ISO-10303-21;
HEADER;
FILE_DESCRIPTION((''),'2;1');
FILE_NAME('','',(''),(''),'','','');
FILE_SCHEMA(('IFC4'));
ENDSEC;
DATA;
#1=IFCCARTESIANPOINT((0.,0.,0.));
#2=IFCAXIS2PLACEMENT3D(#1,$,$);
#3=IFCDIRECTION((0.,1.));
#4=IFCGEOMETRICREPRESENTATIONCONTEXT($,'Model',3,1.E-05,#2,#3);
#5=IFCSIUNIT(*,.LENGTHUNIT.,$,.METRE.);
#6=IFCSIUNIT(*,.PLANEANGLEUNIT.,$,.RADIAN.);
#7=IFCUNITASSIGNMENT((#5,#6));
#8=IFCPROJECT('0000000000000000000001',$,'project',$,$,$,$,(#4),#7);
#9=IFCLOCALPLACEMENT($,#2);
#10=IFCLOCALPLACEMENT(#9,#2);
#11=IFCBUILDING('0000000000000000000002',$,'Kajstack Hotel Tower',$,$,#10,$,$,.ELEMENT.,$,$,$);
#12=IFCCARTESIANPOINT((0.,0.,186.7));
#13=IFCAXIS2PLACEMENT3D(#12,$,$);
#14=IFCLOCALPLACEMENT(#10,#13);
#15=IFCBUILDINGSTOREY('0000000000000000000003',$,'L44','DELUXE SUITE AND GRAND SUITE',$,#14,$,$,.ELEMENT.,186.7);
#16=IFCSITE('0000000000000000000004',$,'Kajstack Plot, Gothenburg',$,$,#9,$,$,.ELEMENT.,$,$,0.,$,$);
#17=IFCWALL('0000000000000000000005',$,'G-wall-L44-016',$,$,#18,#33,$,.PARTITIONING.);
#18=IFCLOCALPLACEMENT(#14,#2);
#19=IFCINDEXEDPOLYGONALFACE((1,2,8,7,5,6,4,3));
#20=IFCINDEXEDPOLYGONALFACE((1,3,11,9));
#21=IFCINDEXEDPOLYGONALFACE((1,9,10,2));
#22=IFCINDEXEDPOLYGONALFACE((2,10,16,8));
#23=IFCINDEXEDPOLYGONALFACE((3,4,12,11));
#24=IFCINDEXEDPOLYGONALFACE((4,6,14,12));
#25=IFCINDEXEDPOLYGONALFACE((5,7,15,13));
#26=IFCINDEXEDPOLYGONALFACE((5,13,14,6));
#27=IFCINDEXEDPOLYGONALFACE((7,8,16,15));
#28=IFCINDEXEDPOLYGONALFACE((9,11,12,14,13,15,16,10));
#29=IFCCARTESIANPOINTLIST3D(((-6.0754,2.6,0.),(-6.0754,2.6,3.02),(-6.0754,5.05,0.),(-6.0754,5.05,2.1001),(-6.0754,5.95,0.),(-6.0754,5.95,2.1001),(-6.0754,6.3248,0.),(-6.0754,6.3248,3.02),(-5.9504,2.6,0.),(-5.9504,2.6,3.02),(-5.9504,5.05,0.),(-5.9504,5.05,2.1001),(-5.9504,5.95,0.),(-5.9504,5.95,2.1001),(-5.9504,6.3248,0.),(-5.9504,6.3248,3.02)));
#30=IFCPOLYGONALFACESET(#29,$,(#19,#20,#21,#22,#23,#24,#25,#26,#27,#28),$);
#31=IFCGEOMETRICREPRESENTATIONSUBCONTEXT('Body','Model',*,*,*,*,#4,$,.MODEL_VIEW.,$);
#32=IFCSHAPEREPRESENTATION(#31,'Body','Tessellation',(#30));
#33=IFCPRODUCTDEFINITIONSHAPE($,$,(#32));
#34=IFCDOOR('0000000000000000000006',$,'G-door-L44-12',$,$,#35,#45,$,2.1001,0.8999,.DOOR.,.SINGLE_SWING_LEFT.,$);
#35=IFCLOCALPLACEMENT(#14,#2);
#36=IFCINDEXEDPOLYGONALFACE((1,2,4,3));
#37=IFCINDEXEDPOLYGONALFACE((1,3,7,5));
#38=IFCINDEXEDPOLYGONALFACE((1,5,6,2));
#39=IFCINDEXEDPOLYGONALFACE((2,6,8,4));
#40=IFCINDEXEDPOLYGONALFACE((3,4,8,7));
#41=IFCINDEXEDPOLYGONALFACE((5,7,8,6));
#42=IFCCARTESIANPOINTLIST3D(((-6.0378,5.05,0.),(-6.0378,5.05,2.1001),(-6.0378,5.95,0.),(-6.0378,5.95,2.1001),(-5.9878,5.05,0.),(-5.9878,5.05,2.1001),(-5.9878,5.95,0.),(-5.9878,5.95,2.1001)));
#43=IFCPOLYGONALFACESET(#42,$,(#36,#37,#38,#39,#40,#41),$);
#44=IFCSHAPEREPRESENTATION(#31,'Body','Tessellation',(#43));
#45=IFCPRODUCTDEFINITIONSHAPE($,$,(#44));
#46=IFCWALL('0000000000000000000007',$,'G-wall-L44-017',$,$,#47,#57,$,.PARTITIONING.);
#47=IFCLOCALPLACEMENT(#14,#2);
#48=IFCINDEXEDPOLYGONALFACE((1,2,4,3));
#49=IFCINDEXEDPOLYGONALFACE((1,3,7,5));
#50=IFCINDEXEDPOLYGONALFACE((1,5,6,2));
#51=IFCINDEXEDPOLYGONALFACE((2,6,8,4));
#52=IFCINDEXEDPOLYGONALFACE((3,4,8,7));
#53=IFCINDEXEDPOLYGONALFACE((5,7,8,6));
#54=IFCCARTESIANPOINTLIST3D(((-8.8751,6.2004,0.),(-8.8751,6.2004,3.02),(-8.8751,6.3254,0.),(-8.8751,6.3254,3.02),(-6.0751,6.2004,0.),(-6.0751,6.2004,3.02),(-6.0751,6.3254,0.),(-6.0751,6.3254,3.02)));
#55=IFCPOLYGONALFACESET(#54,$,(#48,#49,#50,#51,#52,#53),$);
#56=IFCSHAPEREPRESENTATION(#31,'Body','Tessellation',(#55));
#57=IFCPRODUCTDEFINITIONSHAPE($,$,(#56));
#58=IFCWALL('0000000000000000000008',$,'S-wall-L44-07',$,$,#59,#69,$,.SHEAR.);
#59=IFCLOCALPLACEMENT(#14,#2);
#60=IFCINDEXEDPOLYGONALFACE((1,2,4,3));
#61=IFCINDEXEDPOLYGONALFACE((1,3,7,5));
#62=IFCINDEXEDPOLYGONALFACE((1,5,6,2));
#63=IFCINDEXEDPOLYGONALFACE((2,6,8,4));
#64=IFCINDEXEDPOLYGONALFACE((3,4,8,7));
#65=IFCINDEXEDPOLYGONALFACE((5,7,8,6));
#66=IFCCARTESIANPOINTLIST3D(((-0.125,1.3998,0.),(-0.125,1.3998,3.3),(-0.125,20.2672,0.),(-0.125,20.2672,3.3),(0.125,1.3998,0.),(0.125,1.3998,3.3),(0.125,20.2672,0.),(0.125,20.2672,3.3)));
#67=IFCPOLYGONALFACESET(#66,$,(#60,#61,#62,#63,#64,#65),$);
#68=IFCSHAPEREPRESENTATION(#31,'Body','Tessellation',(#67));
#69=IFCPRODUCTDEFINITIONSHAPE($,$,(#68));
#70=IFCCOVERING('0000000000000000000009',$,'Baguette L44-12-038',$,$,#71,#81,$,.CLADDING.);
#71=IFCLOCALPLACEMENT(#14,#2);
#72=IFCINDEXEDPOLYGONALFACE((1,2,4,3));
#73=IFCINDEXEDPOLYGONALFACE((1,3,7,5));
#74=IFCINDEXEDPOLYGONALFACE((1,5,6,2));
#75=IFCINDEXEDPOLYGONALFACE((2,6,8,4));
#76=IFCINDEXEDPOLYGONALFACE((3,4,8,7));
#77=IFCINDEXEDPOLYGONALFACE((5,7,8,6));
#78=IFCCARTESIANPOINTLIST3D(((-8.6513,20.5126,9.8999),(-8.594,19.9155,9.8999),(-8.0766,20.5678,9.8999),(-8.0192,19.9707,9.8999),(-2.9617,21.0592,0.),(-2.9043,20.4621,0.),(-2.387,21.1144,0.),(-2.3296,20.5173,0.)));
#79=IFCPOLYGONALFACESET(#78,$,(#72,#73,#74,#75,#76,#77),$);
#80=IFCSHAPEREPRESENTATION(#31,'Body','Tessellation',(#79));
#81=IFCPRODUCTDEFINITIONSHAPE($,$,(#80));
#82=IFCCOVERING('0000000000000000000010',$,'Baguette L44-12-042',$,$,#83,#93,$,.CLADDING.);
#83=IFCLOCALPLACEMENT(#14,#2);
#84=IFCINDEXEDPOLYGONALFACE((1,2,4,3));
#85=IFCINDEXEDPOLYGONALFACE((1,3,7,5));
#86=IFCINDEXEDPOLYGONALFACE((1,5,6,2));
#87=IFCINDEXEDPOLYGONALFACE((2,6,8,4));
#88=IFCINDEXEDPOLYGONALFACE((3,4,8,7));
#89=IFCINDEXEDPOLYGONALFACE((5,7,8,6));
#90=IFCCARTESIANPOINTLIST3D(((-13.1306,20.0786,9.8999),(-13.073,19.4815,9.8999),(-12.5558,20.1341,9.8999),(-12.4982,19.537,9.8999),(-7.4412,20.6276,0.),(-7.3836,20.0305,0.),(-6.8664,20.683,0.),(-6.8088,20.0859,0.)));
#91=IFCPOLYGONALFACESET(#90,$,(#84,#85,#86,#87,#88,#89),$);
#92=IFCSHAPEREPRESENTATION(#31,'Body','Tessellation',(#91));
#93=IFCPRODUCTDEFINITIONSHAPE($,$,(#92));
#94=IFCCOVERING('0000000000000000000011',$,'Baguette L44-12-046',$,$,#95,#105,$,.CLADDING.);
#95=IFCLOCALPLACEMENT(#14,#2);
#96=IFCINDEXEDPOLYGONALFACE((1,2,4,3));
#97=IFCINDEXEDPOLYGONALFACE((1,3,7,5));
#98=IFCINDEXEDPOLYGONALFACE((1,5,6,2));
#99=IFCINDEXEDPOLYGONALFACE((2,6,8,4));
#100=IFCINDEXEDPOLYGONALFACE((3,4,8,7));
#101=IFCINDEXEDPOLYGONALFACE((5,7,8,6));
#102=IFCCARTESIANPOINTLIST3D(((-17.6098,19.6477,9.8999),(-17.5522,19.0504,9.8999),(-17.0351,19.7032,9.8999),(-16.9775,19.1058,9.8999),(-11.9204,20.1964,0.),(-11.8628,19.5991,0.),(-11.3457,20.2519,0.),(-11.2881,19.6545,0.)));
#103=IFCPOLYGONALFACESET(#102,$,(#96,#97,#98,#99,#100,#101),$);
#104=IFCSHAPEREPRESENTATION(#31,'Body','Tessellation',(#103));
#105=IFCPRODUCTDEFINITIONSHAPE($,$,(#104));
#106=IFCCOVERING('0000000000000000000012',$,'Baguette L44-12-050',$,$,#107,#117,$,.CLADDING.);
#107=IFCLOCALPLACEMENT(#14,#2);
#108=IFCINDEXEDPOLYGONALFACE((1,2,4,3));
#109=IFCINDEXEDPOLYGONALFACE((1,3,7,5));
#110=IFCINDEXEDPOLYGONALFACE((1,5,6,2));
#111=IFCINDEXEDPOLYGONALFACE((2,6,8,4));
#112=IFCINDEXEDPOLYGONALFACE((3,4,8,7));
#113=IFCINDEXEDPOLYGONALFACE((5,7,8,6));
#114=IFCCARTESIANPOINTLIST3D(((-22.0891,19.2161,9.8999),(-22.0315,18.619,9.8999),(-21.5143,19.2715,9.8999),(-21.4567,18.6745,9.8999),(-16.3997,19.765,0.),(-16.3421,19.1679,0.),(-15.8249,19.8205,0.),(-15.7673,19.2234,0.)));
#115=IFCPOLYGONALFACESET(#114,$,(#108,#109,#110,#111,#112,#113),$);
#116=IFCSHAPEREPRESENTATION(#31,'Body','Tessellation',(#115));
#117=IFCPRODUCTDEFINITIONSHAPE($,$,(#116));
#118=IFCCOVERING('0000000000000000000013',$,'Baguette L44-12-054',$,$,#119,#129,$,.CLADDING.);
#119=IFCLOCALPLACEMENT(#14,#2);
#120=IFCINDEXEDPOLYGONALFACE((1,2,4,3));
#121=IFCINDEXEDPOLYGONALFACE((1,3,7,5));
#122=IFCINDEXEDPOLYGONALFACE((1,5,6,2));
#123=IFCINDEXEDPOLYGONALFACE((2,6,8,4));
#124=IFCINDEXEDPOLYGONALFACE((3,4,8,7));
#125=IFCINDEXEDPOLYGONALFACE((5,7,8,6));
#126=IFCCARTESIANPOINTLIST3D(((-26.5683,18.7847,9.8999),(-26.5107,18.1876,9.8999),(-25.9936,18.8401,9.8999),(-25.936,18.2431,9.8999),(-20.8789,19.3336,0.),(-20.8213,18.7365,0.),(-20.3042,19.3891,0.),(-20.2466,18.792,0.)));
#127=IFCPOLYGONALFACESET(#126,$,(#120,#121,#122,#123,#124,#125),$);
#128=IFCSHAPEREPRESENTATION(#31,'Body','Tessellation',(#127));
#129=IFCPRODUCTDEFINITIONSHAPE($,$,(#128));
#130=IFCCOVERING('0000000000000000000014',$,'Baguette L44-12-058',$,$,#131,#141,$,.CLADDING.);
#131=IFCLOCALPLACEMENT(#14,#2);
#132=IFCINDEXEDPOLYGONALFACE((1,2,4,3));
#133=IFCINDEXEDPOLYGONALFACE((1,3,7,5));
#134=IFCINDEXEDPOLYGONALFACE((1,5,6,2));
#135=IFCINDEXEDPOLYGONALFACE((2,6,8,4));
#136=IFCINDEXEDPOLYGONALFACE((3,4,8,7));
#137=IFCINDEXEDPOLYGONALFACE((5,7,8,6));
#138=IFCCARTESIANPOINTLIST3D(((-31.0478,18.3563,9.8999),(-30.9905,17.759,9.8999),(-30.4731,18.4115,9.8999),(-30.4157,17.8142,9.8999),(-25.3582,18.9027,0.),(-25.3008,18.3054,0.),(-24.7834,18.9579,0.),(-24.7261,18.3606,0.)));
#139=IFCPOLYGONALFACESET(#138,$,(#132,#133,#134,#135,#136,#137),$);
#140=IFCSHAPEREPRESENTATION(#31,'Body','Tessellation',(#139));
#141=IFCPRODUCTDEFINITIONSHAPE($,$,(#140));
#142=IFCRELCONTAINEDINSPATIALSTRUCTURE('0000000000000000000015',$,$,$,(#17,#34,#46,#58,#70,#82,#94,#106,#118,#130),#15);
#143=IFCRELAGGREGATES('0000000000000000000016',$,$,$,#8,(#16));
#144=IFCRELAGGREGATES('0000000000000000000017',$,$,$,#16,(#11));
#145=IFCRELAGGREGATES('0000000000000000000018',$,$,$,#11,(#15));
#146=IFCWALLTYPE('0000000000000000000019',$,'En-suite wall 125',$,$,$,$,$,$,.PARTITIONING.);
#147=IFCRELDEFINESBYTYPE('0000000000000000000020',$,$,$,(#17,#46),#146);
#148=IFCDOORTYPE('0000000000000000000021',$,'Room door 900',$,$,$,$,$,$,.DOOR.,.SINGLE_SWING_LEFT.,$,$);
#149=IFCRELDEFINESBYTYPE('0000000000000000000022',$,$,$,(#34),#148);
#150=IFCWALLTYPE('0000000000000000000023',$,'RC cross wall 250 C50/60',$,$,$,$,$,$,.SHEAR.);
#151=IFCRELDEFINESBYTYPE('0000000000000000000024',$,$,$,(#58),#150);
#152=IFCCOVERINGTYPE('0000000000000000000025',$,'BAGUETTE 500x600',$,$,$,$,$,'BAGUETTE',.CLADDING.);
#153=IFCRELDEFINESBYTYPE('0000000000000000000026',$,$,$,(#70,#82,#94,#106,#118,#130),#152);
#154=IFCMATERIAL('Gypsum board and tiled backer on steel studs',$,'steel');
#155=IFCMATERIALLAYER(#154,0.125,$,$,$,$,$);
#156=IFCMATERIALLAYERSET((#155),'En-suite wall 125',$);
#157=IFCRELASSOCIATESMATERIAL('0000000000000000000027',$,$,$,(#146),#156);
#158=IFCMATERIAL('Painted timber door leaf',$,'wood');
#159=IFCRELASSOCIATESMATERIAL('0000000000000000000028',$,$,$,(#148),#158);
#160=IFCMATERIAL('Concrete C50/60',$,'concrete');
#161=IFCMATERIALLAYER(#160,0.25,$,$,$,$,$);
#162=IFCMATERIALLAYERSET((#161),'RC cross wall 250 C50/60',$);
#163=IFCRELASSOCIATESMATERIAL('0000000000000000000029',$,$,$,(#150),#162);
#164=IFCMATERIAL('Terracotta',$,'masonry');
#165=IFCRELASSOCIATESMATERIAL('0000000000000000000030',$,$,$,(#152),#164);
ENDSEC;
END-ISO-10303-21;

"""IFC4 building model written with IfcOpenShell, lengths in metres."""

from ifc_helpers import new_model, si_unit, direction, frame, frame_2d, origin, origin_2d, place, context, subcontext, project, spatial, polyline, rectangle, outline, extrude, material, layer, layer_set, material_profile, profile_set, type_object, element, fill, save


model = new_model("IFC4")

# Units and contexts
model_context = context("Model", 3, precision=1e-05, world=origin(), true_north=direction((0.0, 1.0)))
body_context = subcontext(model_context, "Body", "Model", "MODEL_VIEW")
ifc_project = project(units=[si_unit("LENGTHUNIT", "METRE"), si_unit("PLANEANGLEUNIT", "RADIAN")], contexts=[model_context])

# Site, building, storey
site_placement = place(None, origin())
site = spatial("IfcSite", under=ifc_project, at=site_placement, Name="Kajstack Plot, Gothenburg", CompositionType="ELEMENT", RefElevation=0.0)
building_placement = place(site_placement, origin())
building = spatial("IfcBuilding", under=site, at=building_placement, Name="Kajstack Hotel Tower", CompositionType="ELEMENT")
storey_placement = place(building_placement, frame((0.0, 0.0, 186.7)))
storey = spatial("IfcBuildingStorey", under=building, at=storey_placement, Name="L44", Description="DELUXE SUITE AND GRAND SUITE", CompositionType="ELEMENT", Elevation=186.7)

# Shared definitions
ifc_material_1 = material(Name="Gypsum board and tiled backer on steel studs", Category="steel")
ifc_layer_1 = layer(ifc_material_1, 0.125)
ifc_layer_set_1 = layer_set([ifc_layer_1], Name="En-suite wall 125")
wall_type_1 = type_object("IfcWallType", Name="En-suite wall 125", PredefinedType="PARTITIONING", material=ifc_layer_set_1)

# Shared definitions
ifc_material_2 = material(Name="Painted timber door leaf", Category="wood")
door_type_1 = type_object("IfcDoorType", Name="Room door 900", OperationType="SINGLE_SWING_LEFT", PredefinedType="DOOR", material=ifc_material_2)

# Wall, opening, door
wall_1_placement = place(storey_placement, frame((-6.0129, 2.6001, 0.0), z_axis=(0.0, 0.0, 1.0), x_axis=(0.0, 1.0, 0.0)))
wall_1 = element("IfcWall", 1, at=wall_1_placement, inside=storey, type_object=wall_type_1, Name="G-wall-L44-016", PredefinedType="PARTITIONING", context=body_context, shape_type="SweptSolid", body=[
    extrude(rectangle(XDim=3.7249, YDim=0.125, at=frame_2d((1.8623, 0.0))), origin(), (0.0, 0.0, 1.0), 3.02),
])
opening_1_placement = place(wall_1_placement, frame((2.45, 0.0, 0.0)))
opening_1 = element("IfcOpeningElement", 2, at=opening_1_placement, cuts=wall_1, PredefinedType="OPENING", context=body_context, shape_type="SweptSolid", body=[
    extrude(rectangle(XDim=0.8999, YDim=2.1001, at=frame_2d((0.45, 1.05))), frame((0.0, 0.0725, 0.0), z_axis=(0.0, -1.0, 0.0), x_axis=(1.0, 0.0, 0.0)), (0.0, 0.0, 1.0), 0.145),
])
door_1_placement = place(opening_1_placement, origin())
door_1 = element("IfcDoor", 3, at=door_1_placement, inside=storey, type_object=door_type_1, Name="G-door-L44-12", OperationType="SINGLE_SWING_LEFT", OverallHeight=2.1001, OverallWidth=0.8999, PredefinedType="DOOR", context=body_context, shape_type="SweptSolid", body=[
    extrude(rectangle(XDim=0.8999, YDim=2.1001, at=frame_2d((0.45, 1.05))), frame((0.0, 0.0249, 0.0), z_axis=(0.0, -1.0, 0.0), x_axis=(1.0, 0.0, 0.0)), (0.0, 0.0, 1.0), 0.05),
])
fill(opening_1, door_1)

# Walls
wall_2_placement = place(storey_placement, frame((-8.875, 6.2629, 0.0), z_axis=(0.0, 0.0, 1.0), x_axis=(1.0, 0.0, 0.0)))
element("IfcWall", 4, at=wall_2_placement, inside=storey, type_object=wall_type_1, Name="G-wall-L44-017", PredefinedType="PARTITIONING", context=body_context, shape_type="SweptSolid", body=[
    extrude(rectangle(XDim=2.8, YDim=0.125, at=frame_2d((1.3999, 0.0))), origin(), (0.0, 0.0, 1.0), 3.02),
])
ifc_material_3 = material(Name="Concrete C50/60", Category="concrete")
ifc_layer_2 = layer(ifc_material_3, 0.25)
ifc_layer_set_2 = layer_set([ifc_layer_2], Name="RC cross wall 250 C50/60")
wall_type_2 = type_object("IfcWallType", Name="RC cross wall 250 C50/60", PredefinedType="SHEAR", material=ifc_layer_set_2)
wall_3_placement = place(storey_placement, frame((0.0, 1.3999, 0.0), z_axis=(0.0, 0.0, 1.0), x_axis=(0.0, 1.0, 0.0)))
element("IfcWall", 5, at=wall_3_placement, inside=storey, type_object=wall_type_2, Name="S-wall-L44-07", PredefinedType="SHEAR", context=body_context, shape_type="SweptSolid", body=[
    extrude(rectangle(XDim=18.8674, YDim=0.25, at=frame_2d((9.4336, 0.0))), origin(), (0.0, 0.0, 1.0), 3.3),
])

# Coverings
ifc_material_4 = material(Name="Terracotta", Category="masonry")
ifc_material_profile = material_profile(ifc_material_4, rectangle(XDim=0.6001, YDim=0.5, at=origin_2d()), Name="Terracotta-clad concrete baguette 500 x 600")
ifc_profile_set = profile_set([ifc_material_profile], Name="Terracotta")
covering_type = type_object("IfcCoveringType", Name="BAGUETTE 500x600", ElementType="BAGUETTE", PredefinedType="CLADDING", material=ifc_profile_set)
for number, where, z_axis, x_axis, name in (
    (6, (-2.3296, 20.5173, 0.0), (-0.095635, 0.995416, 0.0), (-0.995416, -0.095635, 0.0), "Baguette L44-12-038"),
    (7, (-6.8088, 20.0859, 0.0), (-0.096038, 0.995378, 0.0), (-0.995378, -0.096038, 0.0), "Baguette L44-12-042"),
):
    element("IfcCovering", number, at=place(storey_placement, frame(where, z_axis=z_axis, x_axis=x_axis)), inside=storey, type_object=covering_type, Name=name, PredefinedType="CLADDING", context=body_context, shape_type="SweptSolid", body=[
        extrude(outline(polyline([(5.7158, 9.8999), (0.0, 0.0), (0.5774, 0.0), (6.2932, 9.8999), (5.7158, 9.8999)])), origin(), (0.0, 0.0, 1.0), 0.5999),
    ])
covering_1_placement = place(storey_placement, frame((-11.2881, 19.6545, 0.0), z_axis=(-0.095999, 0.995381, 0.0), x_axis=(-0.995381, -0.095999, 0.0)))
element("IfcCovering", 8, at=covering_1_placement, inside=storey, type_object=covering_type, Name="Baguette L44-12-046", PredefinedType="CLADDING", context=body_context, shape_type="SweptSolid", body=[
    extrude(outline(polyline([(5.7158, 9.8999), (0.0, 0.0), (0.5774, 0.0), (6.2932, 9.8999), (5.7158, 9.8999)])), origin(), (0.0, 0.0, 1.0), 0.6001),
])
for number, where, z_axis, x_axis, name in (
    (9, (-15.7673, 19.2234, 0.0), (-0.096038, 0.995378, 0.0), (-0.995378, -0.096038, 0.0), "Baguette L44-12-050"),
    (10, (-20.2466, 18.792, 0.0), (-0.096038, 0.995378, 0.0), (-0.995378, -0.096038, 0.0), "Baguette L44-12-054"),
):
    element("IfcCovering", number, at=place(storey_placement, frame(where, z_axis=z_axis, x_axis=x_axis)), inside=storey, type_object=covering_type, Name=name, PredefinedType="CLADDING", context=body_context, shape_type="SweptSolid", body=[
        extrude(outline(polyline([(5.7158, 9.8999), (0.0, 0.0), (0.5774, 0.0), (6.2932, 9.8999), (5.7158, 9.8999)])), origin(), (0.0, 0.0, 1.0), 0.5999),
    ])
covering_2_placement = place(storey_placement, frame((-24.7261, 18.3606, 0.0), z_axis=(-0.095596, 0.99542, 0.0), x_axis=(-0.99542, -0.095596, 0.0)))
element("IfcCovering", 11, at=covering_2_placement, inside=storey, type_object=covering_type, Name="Baguette L44-12-058", PredefinedType="CLADDING", context=body_context, shape_type="SweptSolid", body=[
    extrude(outline(polyline([(5.7158, 9.8999), (0.0, 0.0), (0.5774, 0.0), (6.2932, 9.8999), (5.7158, 9.8999)])), origin(), (0.0, 0.0, 1.0), 0.6001),
])

save(model, "model.ifc")
